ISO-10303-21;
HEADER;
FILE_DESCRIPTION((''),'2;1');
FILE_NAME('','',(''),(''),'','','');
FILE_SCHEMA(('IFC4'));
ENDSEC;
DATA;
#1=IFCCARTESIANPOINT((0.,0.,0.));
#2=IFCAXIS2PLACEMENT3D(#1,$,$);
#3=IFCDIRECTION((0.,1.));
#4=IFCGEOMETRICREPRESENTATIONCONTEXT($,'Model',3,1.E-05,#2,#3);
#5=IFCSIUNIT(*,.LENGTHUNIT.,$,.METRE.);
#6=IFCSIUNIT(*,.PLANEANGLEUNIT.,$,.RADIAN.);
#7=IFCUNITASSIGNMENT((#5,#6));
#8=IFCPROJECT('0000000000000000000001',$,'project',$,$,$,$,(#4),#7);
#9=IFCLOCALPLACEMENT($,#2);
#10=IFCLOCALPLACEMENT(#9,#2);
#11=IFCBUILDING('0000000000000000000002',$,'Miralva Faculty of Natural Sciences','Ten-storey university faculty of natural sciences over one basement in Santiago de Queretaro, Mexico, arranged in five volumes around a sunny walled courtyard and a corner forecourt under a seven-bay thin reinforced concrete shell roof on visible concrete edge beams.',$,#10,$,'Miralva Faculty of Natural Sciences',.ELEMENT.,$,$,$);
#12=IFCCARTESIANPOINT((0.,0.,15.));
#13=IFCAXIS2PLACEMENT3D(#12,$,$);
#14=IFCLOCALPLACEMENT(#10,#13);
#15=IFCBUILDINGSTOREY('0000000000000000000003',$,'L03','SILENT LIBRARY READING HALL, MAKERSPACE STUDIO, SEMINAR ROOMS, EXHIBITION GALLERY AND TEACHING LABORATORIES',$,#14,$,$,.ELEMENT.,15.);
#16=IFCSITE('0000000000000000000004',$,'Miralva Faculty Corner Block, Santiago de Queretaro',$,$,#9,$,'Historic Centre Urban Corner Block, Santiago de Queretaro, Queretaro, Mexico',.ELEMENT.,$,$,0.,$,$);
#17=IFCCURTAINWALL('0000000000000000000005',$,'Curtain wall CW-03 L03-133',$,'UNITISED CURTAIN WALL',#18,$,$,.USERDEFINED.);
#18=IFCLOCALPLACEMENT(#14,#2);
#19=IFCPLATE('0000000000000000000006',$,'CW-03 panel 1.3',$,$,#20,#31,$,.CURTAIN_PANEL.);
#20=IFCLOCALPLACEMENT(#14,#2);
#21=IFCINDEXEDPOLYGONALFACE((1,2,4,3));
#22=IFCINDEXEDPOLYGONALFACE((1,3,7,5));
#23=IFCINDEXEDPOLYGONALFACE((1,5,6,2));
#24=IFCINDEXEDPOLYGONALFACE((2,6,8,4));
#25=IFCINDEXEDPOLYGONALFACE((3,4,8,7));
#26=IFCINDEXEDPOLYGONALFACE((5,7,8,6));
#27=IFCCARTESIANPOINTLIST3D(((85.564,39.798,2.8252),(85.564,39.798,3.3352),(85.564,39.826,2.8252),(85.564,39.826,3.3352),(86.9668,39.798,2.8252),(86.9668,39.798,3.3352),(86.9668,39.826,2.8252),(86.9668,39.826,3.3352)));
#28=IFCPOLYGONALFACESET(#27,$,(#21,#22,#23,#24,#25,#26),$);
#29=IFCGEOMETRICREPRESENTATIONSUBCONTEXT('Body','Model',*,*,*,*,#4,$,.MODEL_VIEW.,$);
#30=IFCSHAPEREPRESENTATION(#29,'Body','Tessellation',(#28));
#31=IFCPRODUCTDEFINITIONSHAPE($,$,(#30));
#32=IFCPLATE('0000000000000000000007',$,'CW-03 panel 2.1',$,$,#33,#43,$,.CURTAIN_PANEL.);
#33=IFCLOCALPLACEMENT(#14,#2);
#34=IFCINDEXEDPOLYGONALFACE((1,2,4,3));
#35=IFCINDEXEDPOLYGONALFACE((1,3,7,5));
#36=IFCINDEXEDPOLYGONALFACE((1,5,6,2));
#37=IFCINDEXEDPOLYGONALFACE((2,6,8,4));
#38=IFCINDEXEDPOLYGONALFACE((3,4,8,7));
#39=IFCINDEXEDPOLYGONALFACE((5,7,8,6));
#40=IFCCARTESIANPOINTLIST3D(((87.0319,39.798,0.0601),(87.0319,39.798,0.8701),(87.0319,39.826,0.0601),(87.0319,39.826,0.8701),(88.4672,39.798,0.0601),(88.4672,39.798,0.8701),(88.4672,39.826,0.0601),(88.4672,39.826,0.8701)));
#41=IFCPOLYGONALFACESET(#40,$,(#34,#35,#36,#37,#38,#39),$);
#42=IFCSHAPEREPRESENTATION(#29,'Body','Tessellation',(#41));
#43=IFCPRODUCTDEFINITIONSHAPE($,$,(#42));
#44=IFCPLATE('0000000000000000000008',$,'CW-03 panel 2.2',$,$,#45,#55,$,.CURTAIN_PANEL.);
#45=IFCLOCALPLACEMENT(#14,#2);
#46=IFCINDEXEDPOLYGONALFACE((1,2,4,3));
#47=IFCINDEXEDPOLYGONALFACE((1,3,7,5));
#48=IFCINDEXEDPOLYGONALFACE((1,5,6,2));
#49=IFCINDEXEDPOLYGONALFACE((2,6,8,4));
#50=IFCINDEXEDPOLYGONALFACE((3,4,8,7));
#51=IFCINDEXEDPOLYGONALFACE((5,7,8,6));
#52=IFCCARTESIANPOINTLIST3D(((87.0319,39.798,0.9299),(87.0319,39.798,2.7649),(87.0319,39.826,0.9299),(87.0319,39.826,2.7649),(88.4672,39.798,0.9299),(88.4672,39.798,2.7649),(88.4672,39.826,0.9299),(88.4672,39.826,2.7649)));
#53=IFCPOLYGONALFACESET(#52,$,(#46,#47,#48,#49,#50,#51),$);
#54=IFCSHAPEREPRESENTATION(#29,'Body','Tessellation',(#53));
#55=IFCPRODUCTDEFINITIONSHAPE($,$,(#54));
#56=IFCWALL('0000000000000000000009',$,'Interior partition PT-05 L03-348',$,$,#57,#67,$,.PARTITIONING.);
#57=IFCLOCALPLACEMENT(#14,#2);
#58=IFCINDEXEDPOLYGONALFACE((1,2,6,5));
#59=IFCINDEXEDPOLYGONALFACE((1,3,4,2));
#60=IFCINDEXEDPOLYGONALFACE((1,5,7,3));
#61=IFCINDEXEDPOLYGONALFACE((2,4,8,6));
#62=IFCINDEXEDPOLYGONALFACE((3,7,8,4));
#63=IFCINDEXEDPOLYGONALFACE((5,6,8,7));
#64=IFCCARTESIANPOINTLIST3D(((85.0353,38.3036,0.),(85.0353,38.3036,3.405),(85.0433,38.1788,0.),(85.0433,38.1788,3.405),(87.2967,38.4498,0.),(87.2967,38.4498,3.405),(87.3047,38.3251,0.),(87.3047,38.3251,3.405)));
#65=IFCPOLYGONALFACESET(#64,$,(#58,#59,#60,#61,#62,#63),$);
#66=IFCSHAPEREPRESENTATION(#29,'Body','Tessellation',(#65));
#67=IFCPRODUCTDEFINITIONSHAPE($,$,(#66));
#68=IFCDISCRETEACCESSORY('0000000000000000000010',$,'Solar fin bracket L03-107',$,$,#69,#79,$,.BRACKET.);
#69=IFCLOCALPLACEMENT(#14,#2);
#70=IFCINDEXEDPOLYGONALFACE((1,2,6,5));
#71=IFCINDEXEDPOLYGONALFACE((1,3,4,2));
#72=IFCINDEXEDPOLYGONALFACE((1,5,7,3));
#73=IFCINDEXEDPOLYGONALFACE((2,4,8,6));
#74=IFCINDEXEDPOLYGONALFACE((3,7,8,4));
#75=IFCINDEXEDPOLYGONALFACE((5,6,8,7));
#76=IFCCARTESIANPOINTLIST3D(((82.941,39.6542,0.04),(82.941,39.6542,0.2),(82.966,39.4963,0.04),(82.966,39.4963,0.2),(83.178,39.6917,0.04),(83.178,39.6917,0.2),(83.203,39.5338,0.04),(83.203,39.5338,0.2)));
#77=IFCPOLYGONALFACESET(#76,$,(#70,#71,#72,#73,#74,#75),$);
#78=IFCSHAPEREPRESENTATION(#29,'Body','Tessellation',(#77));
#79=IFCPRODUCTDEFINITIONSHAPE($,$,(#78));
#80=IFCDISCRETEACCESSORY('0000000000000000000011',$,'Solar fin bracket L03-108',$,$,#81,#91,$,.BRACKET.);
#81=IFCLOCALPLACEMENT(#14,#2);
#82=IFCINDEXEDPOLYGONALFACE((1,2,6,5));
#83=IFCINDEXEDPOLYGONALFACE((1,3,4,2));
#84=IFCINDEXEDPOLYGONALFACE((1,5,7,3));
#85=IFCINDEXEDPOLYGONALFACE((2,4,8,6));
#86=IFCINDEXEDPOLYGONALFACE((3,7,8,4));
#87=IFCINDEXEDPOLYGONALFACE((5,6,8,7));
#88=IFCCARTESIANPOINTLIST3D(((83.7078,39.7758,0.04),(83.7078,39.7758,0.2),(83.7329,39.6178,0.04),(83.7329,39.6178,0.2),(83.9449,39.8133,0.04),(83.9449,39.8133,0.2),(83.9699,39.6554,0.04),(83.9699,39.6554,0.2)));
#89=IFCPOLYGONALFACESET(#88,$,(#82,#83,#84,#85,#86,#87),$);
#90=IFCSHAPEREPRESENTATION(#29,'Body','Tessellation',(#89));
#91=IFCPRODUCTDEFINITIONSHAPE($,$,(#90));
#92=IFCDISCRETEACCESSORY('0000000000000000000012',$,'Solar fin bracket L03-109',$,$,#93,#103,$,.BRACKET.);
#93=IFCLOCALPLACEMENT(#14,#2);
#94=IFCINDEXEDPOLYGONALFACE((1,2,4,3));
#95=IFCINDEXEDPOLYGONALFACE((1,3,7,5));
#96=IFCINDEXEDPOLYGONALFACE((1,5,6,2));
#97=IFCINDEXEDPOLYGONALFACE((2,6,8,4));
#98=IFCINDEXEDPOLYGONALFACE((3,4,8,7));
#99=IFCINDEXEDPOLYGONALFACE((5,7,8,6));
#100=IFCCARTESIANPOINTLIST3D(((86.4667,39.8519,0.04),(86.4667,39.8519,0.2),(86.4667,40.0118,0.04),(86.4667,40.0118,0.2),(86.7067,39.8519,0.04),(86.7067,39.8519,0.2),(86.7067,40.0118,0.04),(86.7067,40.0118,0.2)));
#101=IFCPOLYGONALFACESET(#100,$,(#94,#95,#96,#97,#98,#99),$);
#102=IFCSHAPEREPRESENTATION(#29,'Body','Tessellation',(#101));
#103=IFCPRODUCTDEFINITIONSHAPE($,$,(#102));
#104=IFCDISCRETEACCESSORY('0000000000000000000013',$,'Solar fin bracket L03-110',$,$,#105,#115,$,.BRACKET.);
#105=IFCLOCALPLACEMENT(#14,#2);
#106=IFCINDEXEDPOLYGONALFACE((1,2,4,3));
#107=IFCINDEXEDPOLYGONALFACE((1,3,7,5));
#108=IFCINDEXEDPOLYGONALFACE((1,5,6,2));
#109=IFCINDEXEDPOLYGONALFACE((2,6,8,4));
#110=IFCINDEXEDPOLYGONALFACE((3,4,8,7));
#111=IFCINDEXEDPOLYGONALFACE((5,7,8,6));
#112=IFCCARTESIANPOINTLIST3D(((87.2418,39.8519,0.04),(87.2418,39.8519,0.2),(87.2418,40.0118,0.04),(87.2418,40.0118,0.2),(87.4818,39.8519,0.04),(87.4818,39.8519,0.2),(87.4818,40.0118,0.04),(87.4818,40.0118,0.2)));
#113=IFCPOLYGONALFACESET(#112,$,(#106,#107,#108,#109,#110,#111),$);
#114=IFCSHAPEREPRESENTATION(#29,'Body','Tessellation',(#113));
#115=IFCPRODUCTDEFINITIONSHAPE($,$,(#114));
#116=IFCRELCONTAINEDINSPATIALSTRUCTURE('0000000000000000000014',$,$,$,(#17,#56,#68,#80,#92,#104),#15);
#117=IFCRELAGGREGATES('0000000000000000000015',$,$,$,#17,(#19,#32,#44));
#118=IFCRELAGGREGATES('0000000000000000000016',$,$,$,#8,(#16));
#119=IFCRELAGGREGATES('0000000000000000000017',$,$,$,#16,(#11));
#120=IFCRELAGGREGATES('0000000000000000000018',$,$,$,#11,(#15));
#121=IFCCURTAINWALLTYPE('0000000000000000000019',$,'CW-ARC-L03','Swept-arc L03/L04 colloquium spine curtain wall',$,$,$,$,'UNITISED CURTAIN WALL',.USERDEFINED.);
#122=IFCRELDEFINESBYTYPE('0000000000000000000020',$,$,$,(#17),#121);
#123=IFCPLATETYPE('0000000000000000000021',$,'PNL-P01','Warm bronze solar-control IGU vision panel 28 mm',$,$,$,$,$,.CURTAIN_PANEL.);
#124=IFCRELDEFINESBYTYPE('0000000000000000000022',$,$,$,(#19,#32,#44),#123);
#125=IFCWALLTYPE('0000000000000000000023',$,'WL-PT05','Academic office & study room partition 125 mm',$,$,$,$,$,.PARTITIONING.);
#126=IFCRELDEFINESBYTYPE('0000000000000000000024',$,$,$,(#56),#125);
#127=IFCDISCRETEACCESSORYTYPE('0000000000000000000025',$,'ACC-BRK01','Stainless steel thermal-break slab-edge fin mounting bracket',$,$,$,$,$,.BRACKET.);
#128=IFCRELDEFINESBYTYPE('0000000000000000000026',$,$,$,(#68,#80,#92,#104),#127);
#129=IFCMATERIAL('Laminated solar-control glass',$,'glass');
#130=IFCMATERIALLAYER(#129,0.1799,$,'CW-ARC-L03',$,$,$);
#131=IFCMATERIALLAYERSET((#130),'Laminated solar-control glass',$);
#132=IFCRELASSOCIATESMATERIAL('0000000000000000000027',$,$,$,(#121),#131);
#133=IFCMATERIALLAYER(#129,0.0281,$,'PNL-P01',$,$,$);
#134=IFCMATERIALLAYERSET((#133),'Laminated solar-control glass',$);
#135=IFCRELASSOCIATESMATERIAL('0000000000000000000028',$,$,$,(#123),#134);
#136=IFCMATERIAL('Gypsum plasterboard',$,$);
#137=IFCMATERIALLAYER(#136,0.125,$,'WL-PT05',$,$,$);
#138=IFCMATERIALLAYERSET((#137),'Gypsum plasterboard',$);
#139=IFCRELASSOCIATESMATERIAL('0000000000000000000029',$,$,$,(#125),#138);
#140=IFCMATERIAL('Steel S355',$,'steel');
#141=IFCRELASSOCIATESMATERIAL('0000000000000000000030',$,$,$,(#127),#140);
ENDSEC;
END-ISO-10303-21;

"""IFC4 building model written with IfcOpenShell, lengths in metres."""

from ifc_helpers import new_model, si_unit, direction, frame, frame_2d, origin, origin_2d, place, context, subcontext, project, spatial, rectangle, extrude, material, layer, layer_set, type_object, element, aggregate, save


model = new_model("IFC4")

# Units and contexts
model_context = context("Model", 3, precision=1e-05, world=origin(), true_north=direction((0.0, 1.0)))
body_context = subcontext(model_context, "Body", "Model", "MODEL_VIEW")
ifc_project = project(units=[si_unit("LENGTHUNIT", "METRE"), si_unit("PLANEANGLEUNIT", "RADIAN")], contexts=[model_context])

# Site, building, storey
site_placement = place(None, origin())
site = spatial("IfcSite", under=ifc_project, at=site_placement, Name="Miralva Faculty Corner Block, Santiago de Queretaro", LongName="Historic Centre Urban Corner Block, Santiago de Queretaro, Queretaro, Mexico", CompositionType="ELEMENT", RefElevation=0.0)
building_placement = place(site_placement, origin())
building = spatial("IfcBuilding", under=site, at=building_placement, Name="Miralva Faculty of Natural Sciences", Description="Ten-storey university faculty of natural sciences over one basement in Santiago de Queretaro, Mexico, arranged in five volumes around a sunny walled courtyard and a corner forecourt under a seven-bay thin reinforced concrete shell roof on visible concrete edge beams.", LongName="Miralva Faculty of Natural Sciences", CompositionType="ELEMENT")
storey_placement = place(building_placement, frame((0.0, 0.0, 15.0)))
storey = spatial("IfcBuildingStorey", under=building, at=storey_placement, Name="L03", Description="SILENT LIBRARY READING HALL, MAKERSPACE STUDIO, SEMINAR ROOMS, EXHIBITION GALLERY AND TEACHING LABORATORIES", CompositionType="ELEMENT", Elevation=15.0)

# Curtain wall
ifc_material_1 = material(Name="Laminated solar-control glass", Category="glass")
ifc_layer_1 = layer(ifc_material_1, 0.1799, Name="CW-ARC-L03")
ifc_layer_set_1 = layer_set([ifc_layer_1], Name="Laminated solar-control glass")
curtain_wall_type = type_object("IfcCurtainWallType", Name="CW-ARC-L03", Description="Swept-arc L03/L04 colloquium spine curtain wall", ElementType="UNITISED CURTAIN WALL", PredefinedType="USERDEFINED", material=ifc_layer_set_1)
curtain_wall_1_placement = place(storey_placement, origin())
curtain_wall_1 = element("IfcCurtainWall", 1, at=curtain_wall_1_placement, inside=storey, type_object=curtain_wall_type, Name="Curtain wall CW-03 L03-133", ObjectType="UNITISED CURTAIN WALL", PredefinedType="USERDEFINED")

# Plates
ifc_layer_2 = layer(ifc_material_1, 0.0281, Name="PNL-P01")
ifc_layer_set_2 = layer_set([ifc_layer_2], Name="Laminated solar-control glass")
plate_type = type_object("IfcPlateType", Name="PNL-P01", Description="Warm bronze solar-control IGU vision panel 28 mm", PredefinedType="CURTAIN_PANEL", material=ifc_layer_set_2)
plate_1_placement = place(storey_placement, frame((86.2654, 39.812, 2.8252), z_axis=(0.0, 0.0, 1.0), x_axis=(1.0, 0.0, 0.0)))
plate_1 = element("IfcPlate", 2, at=plate_1_placement, type_object=plate_type, Name="CW-03 panel 1.3", PredefinedType="CURTAIN_PANEL", context=body_context, shape_type="SweptSolid", body=[
    extrude(rectangle(XDim=1.4028, YDim=0.0281, at=origin_2d()), origin(), (0.0, 0.0, 1.0), 0.51),
])
plate_2_placement = place(storey_placement, frame((87.7495, 39.812, 0.0601), z_axis=(0.0, 0.0, 1.0), x_axis=(1.0, 0.0, 0.0)))
plate_2 = element("IfcPlate", 3, at=plate_2_placement, type_object=plate_type, Name="CW-03 panel 2.1", PredefinedType="CURTAIN_PANEL", context=body_context, shape_type="SweptSolid", body=[
    extrude(rectangle(XDim=1.4353, YDim=0.0281, at=origin_2d()), origin(), (0.0, 0.0, 1.0), 0.8101),
])
plate_3_placement = place(storey_placement, frame((87.7495, 39.812, 0.9299), z_axis=(0.0, 0.0, 1.0), x_axis=(1.0, 0.0, 0.0)))
plate_3 = element("IfcPlate", 4, at=plate_3_placement, type_object=plate_type, Name="CW-03 panel 2.2", PredefinedType="CURTAIN_PANEL", context=body_context, shape_type="SweptSolid", body=[
    extrude(rectangle(XDim=1.4353, YDim=0.0281, at=origin_2d()), origin(), (0.0, 0.0, 1.0), 1.835),
])
aggregate(curtain_wall_1, [plate_1, plate_2, plate_3])

# Wall
ifc_material_2 = material(Name="Gypsum plasterboard")
ifc_layer_3 = layer(ifc_material_2, 0.125, Name="WL-PT05")
ifc_layer_set_3 = layer_set([ifc_layer_3], Name="Gypsum plasterboard")
wall_type = type_object("IfcWallType", Name="WL-PT05", Description="Academic office & study room partition 125 mm", PredefinedType="PARTITIONING", material=ifc_layer_set_3)
wall_placement = place(storey_placement, frame((85.0393, 38.2412, 0.0), z_axis=(0.0, 0.0, 1.0), x_axis=(0.997916, 0.064531, 0.0)))
element("IfcWall", 5, at=wall_placement, inside=storey, type_object=wall_type, Name="Interior partition PT-05 L03-348", PredefinedType="PARTITIONING", context=body_context, shape_type="SweptSolid", body=[
    extrude(rectangle(XDim=2.2661, YDim=0.125, at=frame_2d((1.1331, 0.0))), origin(), (0.0, 0.0, 1.0), 3.405),
])

# Discrete accessories
ifc_material_3 = material(Name="Steel S355", Category="steel")
discrete_accessory_type = type_object("IfcDiscreteAccessoryType", Name="ACC-BRK01", Description="Stainless steel thermal-break slab-edge fin mounting bracket", PredefinedType="BRACKET", material=ifc_material_3)
for number, where, z_axis, x_axis, name in (
    (6, (83.072, 39.594, 0.04), (0.0, 0.0, 1.0), (-0.156434, 0.987688, 0.0), "Solar fin bracket L03-107"),
    (7, (83.8389, 39.7156, 0.04), (0.0, 0.0, 1.0), (-0.156434, 0.987688, 0.0), "Solar fin bracket L03-108"),
    (8, (86.5867, 39.9319, 0.04), (0.0, 0.0, 1.0), (0.0, 1.0, 0.0), "Solar fin bracket L03-109"),
    (9, (87.3618, 39.9319, 0.04), (0.0, 0.0, 1.0), (0.0, 1.0, 0.0), "Solar fin bracket L03-110"),
):
    element("IfcDiscreteAccessory", number, at=place(storey_placement, frame(where, z_axis=z_axis, x_axis=x_axis)), inside=storey, type_object=discrete_accessory_type, Name=name, PredefinedType="BRACKET", context=body_context, shape_type="SweptSolid", body=[
        extrude(rectangle(XDim=0.1599, YDim=0.24, at=origin_2d()), origin(), (0.0, 0.0, 1.0), 0.1599),
    ])

save(model, "model.ifc")
